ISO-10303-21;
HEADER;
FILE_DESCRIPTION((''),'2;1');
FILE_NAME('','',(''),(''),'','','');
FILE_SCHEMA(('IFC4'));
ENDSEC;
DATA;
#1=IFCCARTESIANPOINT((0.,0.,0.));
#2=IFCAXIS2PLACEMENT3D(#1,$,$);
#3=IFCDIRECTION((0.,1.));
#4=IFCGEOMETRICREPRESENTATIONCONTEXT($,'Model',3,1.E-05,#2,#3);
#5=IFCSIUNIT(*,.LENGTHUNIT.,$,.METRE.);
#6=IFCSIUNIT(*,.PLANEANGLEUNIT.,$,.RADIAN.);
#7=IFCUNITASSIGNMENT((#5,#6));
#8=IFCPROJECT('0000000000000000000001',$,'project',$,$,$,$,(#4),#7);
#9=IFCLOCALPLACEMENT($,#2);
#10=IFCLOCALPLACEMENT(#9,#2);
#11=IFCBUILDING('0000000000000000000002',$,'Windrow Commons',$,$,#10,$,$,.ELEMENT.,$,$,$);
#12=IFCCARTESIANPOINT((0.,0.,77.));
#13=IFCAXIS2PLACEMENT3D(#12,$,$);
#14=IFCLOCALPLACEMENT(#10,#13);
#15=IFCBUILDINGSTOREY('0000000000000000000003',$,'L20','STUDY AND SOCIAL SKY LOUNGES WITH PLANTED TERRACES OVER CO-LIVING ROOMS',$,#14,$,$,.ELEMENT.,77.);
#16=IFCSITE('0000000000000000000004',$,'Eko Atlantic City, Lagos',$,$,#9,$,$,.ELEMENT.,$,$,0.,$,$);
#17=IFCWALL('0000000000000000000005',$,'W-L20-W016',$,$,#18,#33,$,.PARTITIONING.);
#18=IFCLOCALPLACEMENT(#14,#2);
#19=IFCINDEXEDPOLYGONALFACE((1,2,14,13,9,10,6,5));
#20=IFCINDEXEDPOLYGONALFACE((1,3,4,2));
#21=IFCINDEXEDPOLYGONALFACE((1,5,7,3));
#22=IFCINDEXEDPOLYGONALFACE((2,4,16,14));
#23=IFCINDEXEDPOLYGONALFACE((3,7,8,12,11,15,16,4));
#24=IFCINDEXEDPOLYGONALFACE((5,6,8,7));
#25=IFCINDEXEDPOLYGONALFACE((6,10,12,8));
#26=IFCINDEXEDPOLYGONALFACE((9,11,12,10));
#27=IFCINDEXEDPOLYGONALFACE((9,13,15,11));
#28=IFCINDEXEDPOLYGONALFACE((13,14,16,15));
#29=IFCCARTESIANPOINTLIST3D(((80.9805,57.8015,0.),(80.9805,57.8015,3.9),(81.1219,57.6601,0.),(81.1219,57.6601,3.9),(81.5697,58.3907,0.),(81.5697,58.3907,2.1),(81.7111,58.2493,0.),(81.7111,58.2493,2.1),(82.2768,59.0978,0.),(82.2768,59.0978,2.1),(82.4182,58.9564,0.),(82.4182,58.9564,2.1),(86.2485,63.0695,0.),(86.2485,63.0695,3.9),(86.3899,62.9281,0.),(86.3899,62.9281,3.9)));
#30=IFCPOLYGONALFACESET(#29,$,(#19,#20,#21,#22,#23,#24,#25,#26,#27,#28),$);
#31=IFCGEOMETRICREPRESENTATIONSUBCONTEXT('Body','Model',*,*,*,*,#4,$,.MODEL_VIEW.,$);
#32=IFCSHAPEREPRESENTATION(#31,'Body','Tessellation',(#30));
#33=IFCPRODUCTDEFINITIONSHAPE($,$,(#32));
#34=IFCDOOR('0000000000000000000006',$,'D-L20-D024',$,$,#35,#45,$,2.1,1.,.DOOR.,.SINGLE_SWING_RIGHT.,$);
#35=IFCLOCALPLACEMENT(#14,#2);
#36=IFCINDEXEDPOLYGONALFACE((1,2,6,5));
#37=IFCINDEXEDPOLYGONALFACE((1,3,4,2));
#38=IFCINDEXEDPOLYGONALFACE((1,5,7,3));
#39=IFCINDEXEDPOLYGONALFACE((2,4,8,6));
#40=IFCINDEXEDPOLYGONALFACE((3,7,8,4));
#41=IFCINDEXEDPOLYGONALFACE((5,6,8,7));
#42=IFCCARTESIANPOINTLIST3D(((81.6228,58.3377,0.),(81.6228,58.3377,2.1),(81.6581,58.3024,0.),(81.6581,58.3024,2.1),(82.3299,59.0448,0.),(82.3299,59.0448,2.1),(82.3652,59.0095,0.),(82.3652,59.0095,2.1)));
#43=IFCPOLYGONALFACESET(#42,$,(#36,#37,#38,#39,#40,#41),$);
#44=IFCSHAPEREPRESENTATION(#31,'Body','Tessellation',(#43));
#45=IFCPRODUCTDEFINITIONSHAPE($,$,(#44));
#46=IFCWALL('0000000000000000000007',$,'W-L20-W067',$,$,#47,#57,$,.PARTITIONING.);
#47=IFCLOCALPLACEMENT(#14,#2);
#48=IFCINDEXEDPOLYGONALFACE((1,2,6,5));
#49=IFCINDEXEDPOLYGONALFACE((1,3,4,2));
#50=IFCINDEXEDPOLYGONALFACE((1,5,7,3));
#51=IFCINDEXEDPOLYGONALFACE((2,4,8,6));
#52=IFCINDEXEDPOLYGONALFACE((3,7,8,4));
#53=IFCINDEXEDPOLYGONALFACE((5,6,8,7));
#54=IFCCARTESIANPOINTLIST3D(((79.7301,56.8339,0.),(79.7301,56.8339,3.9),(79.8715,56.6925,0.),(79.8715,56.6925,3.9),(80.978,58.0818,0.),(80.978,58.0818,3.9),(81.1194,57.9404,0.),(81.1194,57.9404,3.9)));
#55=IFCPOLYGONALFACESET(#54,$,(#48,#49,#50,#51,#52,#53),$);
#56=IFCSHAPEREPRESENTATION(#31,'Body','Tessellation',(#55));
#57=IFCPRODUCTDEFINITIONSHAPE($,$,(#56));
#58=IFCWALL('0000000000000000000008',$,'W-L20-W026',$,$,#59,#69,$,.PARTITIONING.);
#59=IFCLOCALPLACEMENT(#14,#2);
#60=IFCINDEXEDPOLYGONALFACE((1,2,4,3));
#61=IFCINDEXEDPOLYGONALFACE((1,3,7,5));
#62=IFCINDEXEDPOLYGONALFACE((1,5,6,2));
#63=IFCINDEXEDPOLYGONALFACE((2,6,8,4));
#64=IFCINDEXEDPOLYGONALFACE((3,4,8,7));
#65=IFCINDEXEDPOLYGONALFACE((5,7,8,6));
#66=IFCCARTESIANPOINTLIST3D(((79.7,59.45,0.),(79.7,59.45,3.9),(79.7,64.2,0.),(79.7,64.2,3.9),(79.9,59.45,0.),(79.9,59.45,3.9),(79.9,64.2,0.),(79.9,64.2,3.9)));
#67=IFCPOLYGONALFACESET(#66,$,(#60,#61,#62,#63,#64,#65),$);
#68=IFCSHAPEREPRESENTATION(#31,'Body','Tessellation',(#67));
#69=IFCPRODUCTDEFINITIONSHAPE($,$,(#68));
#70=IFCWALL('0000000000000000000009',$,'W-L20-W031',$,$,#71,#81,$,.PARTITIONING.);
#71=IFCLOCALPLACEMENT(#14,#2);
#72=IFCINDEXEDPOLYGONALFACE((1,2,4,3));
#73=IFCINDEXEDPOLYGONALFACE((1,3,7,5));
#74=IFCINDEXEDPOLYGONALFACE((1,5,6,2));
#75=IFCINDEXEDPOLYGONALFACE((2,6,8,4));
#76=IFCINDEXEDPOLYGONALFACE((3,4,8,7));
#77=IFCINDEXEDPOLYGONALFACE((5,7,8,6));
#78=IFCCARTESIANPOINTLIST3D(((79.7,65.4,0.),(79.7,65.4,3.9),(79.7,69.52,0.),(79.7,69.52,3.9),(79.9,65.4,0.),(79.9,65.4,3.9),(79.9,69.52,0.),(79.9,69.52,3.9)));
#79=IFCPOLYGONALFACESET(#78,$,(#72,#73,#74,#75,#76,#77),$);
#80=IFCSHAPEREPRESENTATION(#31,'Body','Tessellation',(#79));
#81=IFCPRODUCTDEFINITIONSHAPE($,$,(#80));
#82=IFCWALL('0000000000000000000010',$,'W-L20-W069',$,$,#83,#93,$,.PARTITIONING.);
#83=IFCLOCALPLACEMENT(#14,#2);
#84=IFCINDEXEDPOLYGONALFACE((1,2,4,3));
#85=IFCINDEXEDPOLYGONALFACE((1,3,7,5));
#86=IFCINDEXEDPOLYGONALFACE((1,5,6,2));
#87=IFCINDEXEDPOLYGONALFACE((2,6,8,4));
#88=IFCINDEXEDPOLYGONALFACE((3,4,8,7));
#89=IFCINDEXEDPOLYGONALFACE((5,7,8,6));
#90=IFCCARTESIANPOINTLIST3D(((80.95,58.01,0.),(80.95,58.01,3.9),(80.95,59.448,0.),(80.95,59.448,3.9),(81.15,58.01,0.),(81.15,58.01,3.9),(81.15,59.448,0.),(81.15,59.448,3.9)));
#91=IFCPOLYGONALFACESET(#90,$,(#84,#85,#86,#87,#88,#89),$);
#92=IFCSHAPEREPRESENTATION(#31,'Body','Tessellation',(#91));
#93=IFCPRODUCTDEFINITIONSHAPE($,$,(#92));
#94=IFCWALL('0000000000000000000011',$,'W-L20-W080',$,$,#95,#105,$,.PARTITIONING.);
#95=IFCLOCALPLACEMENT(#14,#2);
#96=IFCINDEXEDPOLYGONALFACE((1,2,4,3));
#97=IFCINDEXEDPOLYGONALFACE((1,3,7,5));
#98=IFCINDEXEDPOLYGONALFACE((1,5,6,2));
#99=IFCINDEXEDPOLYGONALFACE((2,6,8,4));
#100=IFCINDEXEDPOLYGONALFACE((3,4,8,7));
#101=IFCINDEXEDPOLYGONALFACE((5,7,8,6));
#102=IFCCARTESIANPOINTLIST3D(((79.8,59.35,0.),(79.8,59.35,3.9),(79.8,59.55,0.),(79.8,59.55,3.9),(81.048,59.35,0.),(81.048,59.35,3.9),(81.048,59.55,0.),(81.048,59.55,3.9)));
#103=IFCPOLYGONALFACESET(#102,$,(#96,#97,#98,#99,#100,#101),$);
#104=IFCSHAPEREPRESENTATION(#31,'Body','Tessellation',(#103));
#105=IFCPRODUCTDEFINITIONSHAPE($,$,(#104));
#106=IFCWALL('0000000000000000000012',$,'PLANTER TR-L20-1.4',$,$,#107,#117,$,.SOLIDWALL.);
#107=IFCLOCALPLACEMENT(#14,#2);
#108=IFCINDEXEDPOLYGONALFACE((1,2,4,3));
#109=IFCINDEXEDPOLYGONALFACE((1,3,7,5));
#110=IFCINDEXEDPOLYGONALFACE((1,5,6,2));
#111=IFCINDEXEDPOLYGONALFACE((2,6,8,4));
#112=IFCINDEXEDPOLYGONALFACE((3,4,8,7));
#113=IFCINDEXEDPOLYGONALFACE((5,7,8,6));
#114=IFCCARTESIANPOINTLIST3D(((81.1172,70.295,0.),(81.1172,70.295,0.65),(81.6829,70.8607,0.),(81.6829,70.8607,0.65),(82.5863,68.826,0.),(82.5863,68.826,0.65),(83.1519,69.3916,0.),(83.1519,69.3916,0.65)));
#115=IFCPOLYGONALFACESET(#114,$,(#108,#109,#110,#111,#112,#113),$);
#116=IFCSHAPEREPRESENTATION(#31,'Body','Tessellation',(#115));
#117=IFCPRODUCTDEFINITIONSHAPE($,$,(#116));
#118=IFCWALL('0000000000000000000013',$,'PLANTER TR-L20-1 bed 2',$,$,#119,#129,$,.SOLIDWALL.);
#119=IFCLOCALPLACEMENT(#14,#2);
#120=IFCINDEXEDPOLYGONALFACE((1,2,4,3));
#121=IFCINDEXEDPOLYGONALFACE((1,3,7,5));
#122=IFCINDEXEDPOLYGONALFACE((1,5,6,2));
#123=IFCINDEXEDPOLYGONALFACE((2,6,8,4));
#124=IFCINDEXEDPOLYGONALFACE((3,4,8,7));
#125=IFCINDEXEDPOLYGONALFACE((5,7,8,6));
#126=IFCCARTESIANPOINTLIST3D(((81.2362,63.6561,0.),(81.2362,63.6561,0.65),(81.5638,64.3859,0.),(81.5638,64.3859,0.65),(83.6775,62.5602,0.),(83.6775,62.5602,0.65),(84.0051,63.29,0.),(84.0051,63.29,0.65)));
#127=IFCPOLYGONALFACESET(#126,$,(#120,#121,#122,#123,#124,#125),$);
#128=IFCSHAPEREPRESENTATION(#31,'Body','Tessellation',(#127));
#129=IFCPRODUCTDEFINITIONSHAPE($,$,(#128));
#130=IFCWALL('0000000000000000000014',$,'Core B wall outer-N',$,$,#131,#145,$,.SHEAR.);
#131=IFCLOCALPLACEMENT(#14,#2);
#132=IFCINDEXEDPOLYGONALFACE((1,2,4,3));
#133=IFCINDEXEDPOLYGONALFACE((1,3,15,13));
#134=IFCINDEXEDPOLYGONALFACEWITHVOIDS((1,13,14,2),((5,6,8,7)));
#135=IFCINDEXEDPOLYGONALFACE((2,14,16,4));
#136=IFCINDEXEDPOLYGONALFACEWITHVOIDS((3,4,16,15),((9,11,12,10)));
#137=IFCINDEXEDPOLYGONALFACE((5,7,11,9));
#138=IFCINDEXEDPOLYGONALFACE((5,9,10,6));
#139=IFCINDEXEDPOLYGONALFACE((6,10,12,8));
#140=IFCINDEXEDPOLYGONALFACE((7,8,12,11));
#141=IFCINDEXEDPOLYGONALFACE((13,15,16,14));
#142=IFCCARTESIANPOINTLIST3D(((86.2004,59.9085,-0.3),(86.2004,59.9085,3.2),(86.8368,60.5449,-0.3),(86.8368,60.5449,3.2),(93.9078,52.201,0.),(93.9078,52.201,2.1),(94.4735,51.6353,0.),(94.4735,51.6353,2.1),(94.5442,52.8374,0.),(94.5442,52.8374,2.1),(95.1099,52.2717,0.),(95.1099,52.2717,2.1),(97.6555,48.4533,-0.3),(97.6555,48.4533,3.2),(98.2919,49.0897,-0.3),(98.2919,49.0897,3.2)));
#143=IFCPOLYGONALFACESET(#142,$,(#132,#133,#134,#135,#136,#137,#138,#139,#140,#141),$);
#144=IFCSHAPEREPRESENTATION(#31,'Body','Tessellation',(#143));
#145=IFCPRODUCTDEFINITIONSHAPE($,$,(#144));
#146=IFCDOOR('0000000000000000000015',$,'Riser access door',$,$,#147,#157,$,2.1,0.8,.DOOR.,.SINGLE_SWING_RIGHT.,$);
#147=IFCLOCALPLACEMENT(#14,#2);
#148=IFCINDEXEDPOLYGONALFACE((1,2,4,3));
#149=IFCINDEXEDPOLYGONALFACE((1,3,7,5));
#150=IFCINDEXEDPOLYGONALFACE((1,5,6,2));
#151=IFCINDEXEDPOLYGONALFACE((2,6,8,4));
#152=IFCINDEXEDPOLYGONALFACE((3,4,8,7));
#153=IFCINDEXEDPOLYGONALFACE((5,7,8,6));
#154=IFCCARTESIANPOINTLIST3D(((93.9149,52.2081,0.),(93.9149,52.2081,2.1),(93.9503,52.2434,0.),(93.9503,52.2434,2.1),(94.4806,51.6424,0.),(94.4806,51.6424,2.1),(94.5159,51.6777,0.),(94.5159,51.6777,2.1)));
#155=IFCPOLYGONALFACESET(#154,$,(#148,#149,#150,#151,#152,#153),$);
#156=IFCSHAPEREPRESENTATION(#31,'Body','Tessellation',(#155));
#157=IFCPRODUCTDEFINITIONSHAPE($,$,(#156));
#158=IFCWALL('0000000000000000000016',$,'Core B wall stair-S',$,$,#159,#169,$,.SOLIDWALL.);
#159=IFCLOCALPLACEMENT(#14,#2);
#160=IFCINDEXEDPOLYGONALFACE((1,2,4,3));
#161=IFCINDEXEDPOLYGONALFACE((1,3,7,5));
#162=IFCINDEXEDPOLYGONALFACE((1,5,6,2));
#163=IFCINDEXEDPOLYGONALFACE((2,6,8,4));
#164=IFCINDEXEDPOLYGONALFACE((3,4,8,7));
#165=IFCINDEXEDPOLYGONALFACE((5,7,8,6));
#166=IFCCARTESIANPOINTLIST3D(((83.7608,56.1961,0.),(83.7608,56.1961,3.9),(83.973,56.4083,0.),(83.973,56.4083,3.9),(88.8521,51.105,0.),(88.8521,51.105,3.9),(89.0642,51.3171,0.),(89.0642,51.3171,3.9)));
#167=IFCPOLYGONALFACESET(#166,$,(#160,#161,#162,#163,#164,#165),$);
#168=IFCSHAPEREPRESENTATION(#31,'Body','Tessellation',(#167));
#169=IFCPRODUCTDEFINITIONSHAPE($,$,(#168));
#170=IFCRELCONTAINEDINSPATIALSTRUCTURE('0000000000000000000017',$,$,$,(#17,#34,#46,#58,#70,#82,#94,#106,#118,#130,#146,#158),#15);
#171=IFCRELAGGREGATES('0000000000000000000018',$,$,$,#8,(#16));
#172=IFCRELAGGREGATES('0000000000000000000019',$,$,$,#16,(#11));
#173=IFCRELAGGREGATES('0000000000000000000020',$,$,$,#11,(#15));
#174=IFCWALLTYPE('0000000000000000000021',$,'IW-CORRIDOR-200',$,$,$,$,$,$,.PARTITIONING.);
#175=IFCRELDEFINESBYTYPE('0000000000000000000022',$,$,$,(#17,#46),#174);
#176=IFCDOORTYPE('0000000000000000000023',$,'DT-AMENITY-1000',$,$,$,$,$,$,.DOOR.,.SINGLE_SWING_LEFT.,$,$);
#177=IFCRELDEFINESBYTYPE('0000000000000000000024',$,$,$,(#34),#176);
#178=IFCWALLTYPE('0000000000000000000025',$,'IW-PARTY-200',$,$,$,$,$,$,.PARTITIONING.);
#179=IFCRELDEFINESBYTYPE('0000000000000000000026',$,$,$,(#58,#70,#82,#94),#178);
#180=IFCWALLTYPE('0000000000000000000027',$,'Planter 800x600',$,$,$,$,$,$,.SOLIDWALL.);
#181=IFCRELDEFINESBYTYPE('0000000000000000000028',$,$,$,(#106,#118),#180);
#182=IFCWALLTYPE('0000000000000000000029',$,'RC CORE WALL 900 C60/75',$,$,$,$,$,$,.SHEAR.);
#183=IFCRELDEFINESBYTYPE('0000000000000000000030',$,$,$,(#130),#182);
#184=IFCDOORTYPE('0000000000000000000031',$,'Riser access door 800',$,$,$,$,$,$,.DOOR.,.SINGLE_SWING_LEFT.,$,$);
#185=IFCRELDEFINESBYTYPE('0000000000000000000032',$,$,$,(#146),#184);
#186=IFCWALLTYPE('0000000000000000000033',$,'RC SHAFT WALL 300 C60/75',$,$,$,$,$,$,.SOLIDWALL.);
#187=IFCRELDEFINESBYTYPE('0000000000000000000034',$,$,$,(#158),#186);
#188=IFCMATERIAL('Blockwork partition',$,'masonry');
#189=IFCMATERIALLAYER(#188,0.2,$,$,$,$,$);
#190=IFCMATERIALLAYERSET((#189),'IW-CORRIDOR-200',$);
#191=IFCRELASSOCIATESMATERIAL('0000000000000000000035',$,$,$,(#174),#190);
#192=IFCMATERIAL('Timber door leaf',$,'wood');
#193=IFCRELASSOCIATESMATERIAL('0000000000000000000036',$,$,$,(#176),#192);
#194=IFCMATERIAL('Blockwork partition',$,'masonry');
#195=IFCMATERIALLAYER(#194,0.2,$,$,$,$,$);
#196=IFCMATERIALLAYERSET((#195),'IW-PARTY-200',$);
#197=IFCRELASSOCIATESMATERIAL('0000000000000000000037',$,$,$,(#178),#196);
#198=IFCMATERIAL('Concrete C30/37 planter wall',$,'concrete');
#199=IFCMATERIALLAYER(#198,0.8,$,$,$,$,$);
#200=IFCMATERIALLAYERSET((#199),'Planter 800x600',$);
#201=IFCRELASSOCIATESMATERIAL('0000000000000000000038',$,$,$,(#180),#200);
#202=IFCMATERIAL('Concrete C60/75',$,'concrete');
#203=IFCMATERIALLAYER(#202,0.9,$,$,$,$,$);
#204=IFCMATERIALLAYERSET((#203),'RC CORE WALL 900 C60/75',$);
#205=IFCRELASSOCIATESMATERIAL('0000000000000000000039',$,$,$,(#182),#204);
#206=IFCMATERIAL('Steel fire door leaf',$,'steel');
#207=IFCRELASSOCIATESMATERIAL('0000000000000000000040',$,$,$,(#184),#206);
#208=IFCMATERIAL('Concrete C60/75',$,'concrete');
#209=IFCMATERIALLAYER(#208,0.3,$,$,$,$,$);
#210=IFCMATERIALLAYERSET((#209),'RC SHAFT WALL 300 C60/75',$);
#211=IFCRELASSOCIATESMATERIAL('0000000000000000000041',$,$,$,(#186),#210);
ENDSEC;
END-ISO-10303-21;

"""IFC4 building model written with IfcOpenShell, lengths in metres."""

from ifc_helpers import new_model, si_unit, direction, frame, frame_2d, origin, place, context, subcontext, project, spatial, rectangle, extrude, material, layer, layer_set, type_object, element, fill, save


model = new_model("IFC4")

# Units and contexts
model_context = context("Model", 3, precision=1e-05, world=origin(), true_north=direction((0.0, 1.0)))
body_context = subcontext(model_context, "Body", "Model", "MODEL_VIEW")
ifc_project = project(units=[si_unit("LENGTHUNIT", "METRE"), si_unit("PLANEANGLEUNIT", "RADIAN")], contexts=[model_context])

# Site, building, storey
site_placement = place(None, origin())
site = spatial("IfcSite", under=ifc_project, at=site_placement, Name="Eko Atlantic City, Lagos", CompositionType="ELEMENT", RefElevation=0.0)
building_placement = place(site_placement, origin())
building = spatial("IfcBuilding", under=site, at=building_placement, Name="Windrow Commons", CompositionType="ELEMENT")
storey_placement = place(building_placement, frame((0.0, 0.0, 77.0)))
storey = spatial("IfcBuildingStorey", under=building, at=storey_placement, Name="L20", Description="STUDY AND SOCIAL SKY LOUNGES WITH PLANTED TERRACES OVER CO-LIVING ROOMS", CompositionType="ELEMENT", Elevation=77.0)

# Wall, opening, door
ifc_material_1 = material(Name="Blockwork partition", Category="masonry")
ifc_layer_1 = layer(ifc_material_1, 0.2)
ifc_layer_set_1 = layer_set([ifc_layer_1], Name="IW-CORRIDOR-200")
wall_type_1 = type_object("IfcWallType", Name="IW-CORRIDOR-200", PredefinedType="PARTITIONING", material=ifc_layer_set_1)
wall_1_placement = place(storey_placement, frame((81.0512, 57.7308, 0.0), z_axis=(0.0, 0.0, 1.0), x_axis=(0.707107, 0.707107, 0.0)))
wall_1 = element("IfcWall", 1, at=wall_1_placement, inside=storey, type_object=wall_type_1, Name="W-L20-W016", PredefinedType="PARTITIONING", context=body_context, shape_type="SweptSolid", body=[
    extrude(rectangle(XDim=7.4501, YDim=0.2, at=frame_2d((3.725, 0.0))), origin(), (0.0, 0.0, 1.0), 3.9),
])
opening_1_placement = place(wall_1_placement, frame((0.8333, 0.0, 0.0)))
opening_1 = element("IfcOpeningElement", 2, at=opening_1_placement, cuts=wall_1, PredefinedType="OPENING", context=body_context, shape_type="SweptSolid", body=[
    extrude(rectangle(XDim=1.0, YDim=2.1, at=frame_2d((0.5, 1.05))), frame((0.0, 0.11, 0.0), z_axis=(0.0, -1.0, 0.0), x_axis=(1.0, 0.0, 0.0)), (0.0, 0.0, 1.0), 0.22),
])
ifc_material_2 = material(Name="Timber door leaf", Category="wood")
door_type_1 = type_object("IfcDoorType", Name="DT-AMENITY-1000", OperationType="SINGLE_SWING_LEFT", PredefinedType="DOOR", material=ifc_material_2)
door_1_placement = place(opening_1_placement, origin())
door_1 = element("IfcDoor", 3, at=door_1_placement, inside=storey, type_object=door_type_1, Name="D-L20-D024", OperationType="SINGLE_SWING_RIGHT", OverallHeight=2.1, OverallWidth=1.0, PredefinedType="DOOR", context=body_context, shape_type="SweptSolid", body=[
    extrude(rectangle(XDim=1.0, YDim=2.1, at=frame_2d((0.5, 1.05))), frame((0.0, 0.025, 0.0), z_axis=(0.0, -1.0, 0.0), x_axis=(1.0, 0.0, 0.0)), (0.0, 0.0, 1.0), 0.05),
])
fill(opening_1, door_1)

# Walls
wall_2_placement = place(storey_placement, frame((79.8008, 56.7632, 0.0), z_axis=(0.0, 0.0, 1.0), x_axis=(0.707107, 0.707107, 0.0)))
element("IfcWall", 4, at=wall_2_placement, inside=storey, type_object=wall_type_1, Name="W-L20-W067", PredefinedType="PARTITIONING", context=body_context, shape_type="SweptSolid", body=[
    extrude(rectangle(XDim=1.7649, YDim=0.2, at=frame_2d((0.8824, 0.0))), origin(), (0.0, 0.0, 1.0), 3.9),
])
ifc_material_3 = material(Name="Blockwork partition", Category="masonry")
ifc_layer_2 = layer(ifc_material_3, 0.2)
ifc_layer_set_2 = layer_set([ifc_layer_2], Name="IW-PARTY-200")
wall_type_2 = type_object("IfcWallType", Name="IW-PARTY-200", PredefinedType="PARTITIONING", material=ifc_layer_set_2)
wall_3_placement = place(storey_placement, frame((79.8, 59.45, 0.0), z_axis=(0.0, 0.0, 1.0), x_axis=(0.0, 1.0, 0.0)))
element("IfcWall", 5, at=wall_3_placement, inside=storey, type_object=wall_type_2, Name="W-L20-W026", PredefinedType="PARTITIONING", context=body_context, shape_type="SweptSolid", body=[
    extrude(rectangle(XDim=4.75, YDim=0.2, at=frame_2d((2.375, 0.0))), origin(), (0.0, 0.0, 1.0), 3.9),
])
wall_4_placement = place(storey_placement, frame((79.8, 65.4, 0.0), z_axis=(0.0, 0.0, 1.0), x_axis=(0.0, 1.0, 0.0)))
element("IfcWall", 6, at=wall_4_placement, inside=storey, type_object=wall_type_2, Name="W-L20-W031", PredefinedType="PARTITIONING", context=body_context, shape_type="SweptSolid", body=[
    extrude(rectangle(XDim=4.12, YDim=0.2, at=frame_2d((2.06, 0.0))), origin(), (0.0, 0.0, 1.0), 3.9),
])
wall_5_placement = place(storey_placement, frame((81.05, 58.01, 0.0), z_axis=(0.0, 0.0, 1.0), x_axis=(0.0, 1.0, 0.0)))
element("IfcWall", 7, at=wall_5_placement, inside=storey, type_object=wall_type_2, Name="W-L20-W069", PredefinedType="PARTITIONING", context=body_context, shape_type="SweptSolid", body=[
    extrude(rectangle(XDim=1.438, YDim=0.2, at=frame_2d((0.719, 0.0))), origin(), (0.0, 0.0, 1.0), 3.9),
])
wall_6_placement = place(storey_placement, frame((79.8, 59.45, 0.0), z_axis=(0.0, 0.0, 1.0), x_axis=(1.0, 0.0, 0.0)))
element("IfcWall", 8, at=wall_6_placement, inside=storey, type_object=wall_type_2, Name="W-L20-W080", PredefinedType="PARTITIONING", context=body_context, shape_type="SweptSolid", body=[
    extrude(rectangle(XDim=1.248, YDim=0.2, at=frame_2d((0.624, 0.0))), origin(), (0.0, 0.0, 1.0), 3.9),
])
ifc_material_4 = material(Name="Concrete C30/37 planter wall", Category="concrete")
ifc_layer_3 = layer(ifc_material_4, 0.8)
ifc_layer_set_3 = layer_set([ifc_layer_3], Name="Planter 800x600")
wall_type_3 = type_object("IfcWallType", Name="Planter 800x600", PredefinedType="SOLIDWALL", material=ifc_layer_set_3)
wall_7_placement = place(storey_placement, frame((82.8691, 69.1088, 0.0), z_axis=(0.0, 0.0, 1.0), x_axis=(-0.707107, 0.707107, 0.0)))
element("IfcWall", 9, at=wall_7_placement, inside=storey, type_object=wall_type_3, Name="PLANTER TR-L20-1.4", PredefinedType="SOLIDWALL", context=body_context, shape_type="SweptSolid", body=[
    extrude(rectangle(XDim=2.0776, YDim=0.8, at=frame_2d((1.0388, 0.0))), origin(), (0.0, 0.0, 1.0), 0.65),
])
wall_8_placement = place(storey_placement, frame((83.8413, 62.9251, 0.0), z_axis=(0.0, 0.0, 1.0), x_axis=(-0.912297, 0.40953, 0.0)))
element("IfcWall", 10, at=wall_8_placement, inside=storey, type_object=wall_type_3, Name="PLANTER TR-L20-1 bed 2", PredefinedType="SOLIDWALL", context=body_context, shape_type="SweptSolid", body=[
    extrude(rectangle(XDim=2.676, YDim=0.8, at=frame_2d((1.338, 0.0))), origin(), (0.0, 0.0, 1.0), 0.65),
])

# Wall, opening, door
ifc_material_5 = material(Name="Concrete C60/75", Category="concrete")
ifc_layer_4 = layer(ifc_material_5, 0.9)
ifc_layer_set_4 = layer_set([ifc_layer_4], Name="RC CORE WALL 900 C60/75")
wall_type_4 = type_object("IfcWallType", Name="RC CORE WALL 900 C60/75", PredefinedType="SHEAR", material=ifc_layer_set_4)
wall_9_placement = place(storey_placement, frame((86.5186, 60.2267, -0.3), z_axis=(0.0, 0.0, 1.0), x_axis=(0.707104, -0.70711, 0.0)))
wall_9 = element("IfcWall", 11, at=wall_9_placement, inside=storey, type_object=wall_type_4, Name="Core B wall outer-N", PredefinedType="SHEAR", context=body_context, shape_type="SweptSolid", body=[
    extrude(rectangle(XDim=16.2, YDim=0.9, at=frame_2d((8.1, 0.0))), origin(), (0.0, 0.0, 1.0), 3.5),
])
opening_2_placement = place(wall_9_placement, frame((10.9, 0.0, 0.3)))
opening_2 = element("IfcOpeningElement", 12, at=opening_2_placement, cuts=wall_9, PredefinedType="OPENING", context=body_context, shape_type="SweptSolid", body=[
    extrude(rectangle(XDim=0.8, YDim=2.1, at=frame_2d((0.4, 1.05))), frame((0.0, 0.46, 0.0), z_axis=(0.0, -1.0, 0.0), x_axis=(1.0, 0.0, 0.0)), (0.0, 0.0, 1.0), 0.92),
])
ifc_material_6 = material(Name="Steel fire door leaf", Category="steel")
door_type_2 = type_object("IfcDoorType", Name="Riser access door 800", OperationType="SINGLE_SWING_LEFT", PredefinedType="DOOR", material=ifc_material_6)
door_2_placement = place(opening_2_placement, origin())
door_2 = element("IfcDoor", 13, at=door_2_placement, inside=storey, type_object=door_type_2, Name="Riser access door", OperationType="SINGLE_SWING_RIGHT", OverallHeight=2.1, OverallWidth=0.8, PredefinedType="DOOR", context=body_context, shape_type="SweptSolid", body=[
    extrude(rectangle(XDim=0.8, YDim=2.1, at=frame_2d((0.4, 1.05))), frame((0.0, -0.39, 0.0), z_axis=(0.0, -1.0, 0.0), x_axis=(1.0, 0.0, 0.0)), (0.0, 0.0, 1.0), 0.05),
])
fill(opening_2, door_2)

# Wall
ifc_material_7 = material(Name="Concrete C60/75", Category="concrete")
ifc_layer_5 = layer(ifc_material_7, 0.3)
ifc_layer_set_5 = layer_set([ifc_layer_5], Name="RC SHAFT WALL 300 C60/75")
wall_type_5 = type_object("IfcWallType", Name="RC SHAFT WALL 300 C60/75", PredefinedType="SOLIDWALL", material=ifc_layer_set_5)
wall_10_placement = place(storey_placement, frame((83.8669, 56.3022, 0.0), z_axis=(0.0, 0.0, 1.0), x_axis=(0.707114, -0.7071, 0.0)))
element("IfcWall", 14, at=wall_10_placement, inside=storey, type_object=wall_type_5, Name="Core B wall stair-S", PredefinedType="SOLIDWALL", context=body_context, shape_type="SweptSolid", body=[
    extrude(rectangle(XDim=7.2, YDim=0.3, at=frame_2d((3.6, 0.0))), origin(), (0.0, 0.0, 1.0), 3.9),
])

save(model, "model.ifc")
